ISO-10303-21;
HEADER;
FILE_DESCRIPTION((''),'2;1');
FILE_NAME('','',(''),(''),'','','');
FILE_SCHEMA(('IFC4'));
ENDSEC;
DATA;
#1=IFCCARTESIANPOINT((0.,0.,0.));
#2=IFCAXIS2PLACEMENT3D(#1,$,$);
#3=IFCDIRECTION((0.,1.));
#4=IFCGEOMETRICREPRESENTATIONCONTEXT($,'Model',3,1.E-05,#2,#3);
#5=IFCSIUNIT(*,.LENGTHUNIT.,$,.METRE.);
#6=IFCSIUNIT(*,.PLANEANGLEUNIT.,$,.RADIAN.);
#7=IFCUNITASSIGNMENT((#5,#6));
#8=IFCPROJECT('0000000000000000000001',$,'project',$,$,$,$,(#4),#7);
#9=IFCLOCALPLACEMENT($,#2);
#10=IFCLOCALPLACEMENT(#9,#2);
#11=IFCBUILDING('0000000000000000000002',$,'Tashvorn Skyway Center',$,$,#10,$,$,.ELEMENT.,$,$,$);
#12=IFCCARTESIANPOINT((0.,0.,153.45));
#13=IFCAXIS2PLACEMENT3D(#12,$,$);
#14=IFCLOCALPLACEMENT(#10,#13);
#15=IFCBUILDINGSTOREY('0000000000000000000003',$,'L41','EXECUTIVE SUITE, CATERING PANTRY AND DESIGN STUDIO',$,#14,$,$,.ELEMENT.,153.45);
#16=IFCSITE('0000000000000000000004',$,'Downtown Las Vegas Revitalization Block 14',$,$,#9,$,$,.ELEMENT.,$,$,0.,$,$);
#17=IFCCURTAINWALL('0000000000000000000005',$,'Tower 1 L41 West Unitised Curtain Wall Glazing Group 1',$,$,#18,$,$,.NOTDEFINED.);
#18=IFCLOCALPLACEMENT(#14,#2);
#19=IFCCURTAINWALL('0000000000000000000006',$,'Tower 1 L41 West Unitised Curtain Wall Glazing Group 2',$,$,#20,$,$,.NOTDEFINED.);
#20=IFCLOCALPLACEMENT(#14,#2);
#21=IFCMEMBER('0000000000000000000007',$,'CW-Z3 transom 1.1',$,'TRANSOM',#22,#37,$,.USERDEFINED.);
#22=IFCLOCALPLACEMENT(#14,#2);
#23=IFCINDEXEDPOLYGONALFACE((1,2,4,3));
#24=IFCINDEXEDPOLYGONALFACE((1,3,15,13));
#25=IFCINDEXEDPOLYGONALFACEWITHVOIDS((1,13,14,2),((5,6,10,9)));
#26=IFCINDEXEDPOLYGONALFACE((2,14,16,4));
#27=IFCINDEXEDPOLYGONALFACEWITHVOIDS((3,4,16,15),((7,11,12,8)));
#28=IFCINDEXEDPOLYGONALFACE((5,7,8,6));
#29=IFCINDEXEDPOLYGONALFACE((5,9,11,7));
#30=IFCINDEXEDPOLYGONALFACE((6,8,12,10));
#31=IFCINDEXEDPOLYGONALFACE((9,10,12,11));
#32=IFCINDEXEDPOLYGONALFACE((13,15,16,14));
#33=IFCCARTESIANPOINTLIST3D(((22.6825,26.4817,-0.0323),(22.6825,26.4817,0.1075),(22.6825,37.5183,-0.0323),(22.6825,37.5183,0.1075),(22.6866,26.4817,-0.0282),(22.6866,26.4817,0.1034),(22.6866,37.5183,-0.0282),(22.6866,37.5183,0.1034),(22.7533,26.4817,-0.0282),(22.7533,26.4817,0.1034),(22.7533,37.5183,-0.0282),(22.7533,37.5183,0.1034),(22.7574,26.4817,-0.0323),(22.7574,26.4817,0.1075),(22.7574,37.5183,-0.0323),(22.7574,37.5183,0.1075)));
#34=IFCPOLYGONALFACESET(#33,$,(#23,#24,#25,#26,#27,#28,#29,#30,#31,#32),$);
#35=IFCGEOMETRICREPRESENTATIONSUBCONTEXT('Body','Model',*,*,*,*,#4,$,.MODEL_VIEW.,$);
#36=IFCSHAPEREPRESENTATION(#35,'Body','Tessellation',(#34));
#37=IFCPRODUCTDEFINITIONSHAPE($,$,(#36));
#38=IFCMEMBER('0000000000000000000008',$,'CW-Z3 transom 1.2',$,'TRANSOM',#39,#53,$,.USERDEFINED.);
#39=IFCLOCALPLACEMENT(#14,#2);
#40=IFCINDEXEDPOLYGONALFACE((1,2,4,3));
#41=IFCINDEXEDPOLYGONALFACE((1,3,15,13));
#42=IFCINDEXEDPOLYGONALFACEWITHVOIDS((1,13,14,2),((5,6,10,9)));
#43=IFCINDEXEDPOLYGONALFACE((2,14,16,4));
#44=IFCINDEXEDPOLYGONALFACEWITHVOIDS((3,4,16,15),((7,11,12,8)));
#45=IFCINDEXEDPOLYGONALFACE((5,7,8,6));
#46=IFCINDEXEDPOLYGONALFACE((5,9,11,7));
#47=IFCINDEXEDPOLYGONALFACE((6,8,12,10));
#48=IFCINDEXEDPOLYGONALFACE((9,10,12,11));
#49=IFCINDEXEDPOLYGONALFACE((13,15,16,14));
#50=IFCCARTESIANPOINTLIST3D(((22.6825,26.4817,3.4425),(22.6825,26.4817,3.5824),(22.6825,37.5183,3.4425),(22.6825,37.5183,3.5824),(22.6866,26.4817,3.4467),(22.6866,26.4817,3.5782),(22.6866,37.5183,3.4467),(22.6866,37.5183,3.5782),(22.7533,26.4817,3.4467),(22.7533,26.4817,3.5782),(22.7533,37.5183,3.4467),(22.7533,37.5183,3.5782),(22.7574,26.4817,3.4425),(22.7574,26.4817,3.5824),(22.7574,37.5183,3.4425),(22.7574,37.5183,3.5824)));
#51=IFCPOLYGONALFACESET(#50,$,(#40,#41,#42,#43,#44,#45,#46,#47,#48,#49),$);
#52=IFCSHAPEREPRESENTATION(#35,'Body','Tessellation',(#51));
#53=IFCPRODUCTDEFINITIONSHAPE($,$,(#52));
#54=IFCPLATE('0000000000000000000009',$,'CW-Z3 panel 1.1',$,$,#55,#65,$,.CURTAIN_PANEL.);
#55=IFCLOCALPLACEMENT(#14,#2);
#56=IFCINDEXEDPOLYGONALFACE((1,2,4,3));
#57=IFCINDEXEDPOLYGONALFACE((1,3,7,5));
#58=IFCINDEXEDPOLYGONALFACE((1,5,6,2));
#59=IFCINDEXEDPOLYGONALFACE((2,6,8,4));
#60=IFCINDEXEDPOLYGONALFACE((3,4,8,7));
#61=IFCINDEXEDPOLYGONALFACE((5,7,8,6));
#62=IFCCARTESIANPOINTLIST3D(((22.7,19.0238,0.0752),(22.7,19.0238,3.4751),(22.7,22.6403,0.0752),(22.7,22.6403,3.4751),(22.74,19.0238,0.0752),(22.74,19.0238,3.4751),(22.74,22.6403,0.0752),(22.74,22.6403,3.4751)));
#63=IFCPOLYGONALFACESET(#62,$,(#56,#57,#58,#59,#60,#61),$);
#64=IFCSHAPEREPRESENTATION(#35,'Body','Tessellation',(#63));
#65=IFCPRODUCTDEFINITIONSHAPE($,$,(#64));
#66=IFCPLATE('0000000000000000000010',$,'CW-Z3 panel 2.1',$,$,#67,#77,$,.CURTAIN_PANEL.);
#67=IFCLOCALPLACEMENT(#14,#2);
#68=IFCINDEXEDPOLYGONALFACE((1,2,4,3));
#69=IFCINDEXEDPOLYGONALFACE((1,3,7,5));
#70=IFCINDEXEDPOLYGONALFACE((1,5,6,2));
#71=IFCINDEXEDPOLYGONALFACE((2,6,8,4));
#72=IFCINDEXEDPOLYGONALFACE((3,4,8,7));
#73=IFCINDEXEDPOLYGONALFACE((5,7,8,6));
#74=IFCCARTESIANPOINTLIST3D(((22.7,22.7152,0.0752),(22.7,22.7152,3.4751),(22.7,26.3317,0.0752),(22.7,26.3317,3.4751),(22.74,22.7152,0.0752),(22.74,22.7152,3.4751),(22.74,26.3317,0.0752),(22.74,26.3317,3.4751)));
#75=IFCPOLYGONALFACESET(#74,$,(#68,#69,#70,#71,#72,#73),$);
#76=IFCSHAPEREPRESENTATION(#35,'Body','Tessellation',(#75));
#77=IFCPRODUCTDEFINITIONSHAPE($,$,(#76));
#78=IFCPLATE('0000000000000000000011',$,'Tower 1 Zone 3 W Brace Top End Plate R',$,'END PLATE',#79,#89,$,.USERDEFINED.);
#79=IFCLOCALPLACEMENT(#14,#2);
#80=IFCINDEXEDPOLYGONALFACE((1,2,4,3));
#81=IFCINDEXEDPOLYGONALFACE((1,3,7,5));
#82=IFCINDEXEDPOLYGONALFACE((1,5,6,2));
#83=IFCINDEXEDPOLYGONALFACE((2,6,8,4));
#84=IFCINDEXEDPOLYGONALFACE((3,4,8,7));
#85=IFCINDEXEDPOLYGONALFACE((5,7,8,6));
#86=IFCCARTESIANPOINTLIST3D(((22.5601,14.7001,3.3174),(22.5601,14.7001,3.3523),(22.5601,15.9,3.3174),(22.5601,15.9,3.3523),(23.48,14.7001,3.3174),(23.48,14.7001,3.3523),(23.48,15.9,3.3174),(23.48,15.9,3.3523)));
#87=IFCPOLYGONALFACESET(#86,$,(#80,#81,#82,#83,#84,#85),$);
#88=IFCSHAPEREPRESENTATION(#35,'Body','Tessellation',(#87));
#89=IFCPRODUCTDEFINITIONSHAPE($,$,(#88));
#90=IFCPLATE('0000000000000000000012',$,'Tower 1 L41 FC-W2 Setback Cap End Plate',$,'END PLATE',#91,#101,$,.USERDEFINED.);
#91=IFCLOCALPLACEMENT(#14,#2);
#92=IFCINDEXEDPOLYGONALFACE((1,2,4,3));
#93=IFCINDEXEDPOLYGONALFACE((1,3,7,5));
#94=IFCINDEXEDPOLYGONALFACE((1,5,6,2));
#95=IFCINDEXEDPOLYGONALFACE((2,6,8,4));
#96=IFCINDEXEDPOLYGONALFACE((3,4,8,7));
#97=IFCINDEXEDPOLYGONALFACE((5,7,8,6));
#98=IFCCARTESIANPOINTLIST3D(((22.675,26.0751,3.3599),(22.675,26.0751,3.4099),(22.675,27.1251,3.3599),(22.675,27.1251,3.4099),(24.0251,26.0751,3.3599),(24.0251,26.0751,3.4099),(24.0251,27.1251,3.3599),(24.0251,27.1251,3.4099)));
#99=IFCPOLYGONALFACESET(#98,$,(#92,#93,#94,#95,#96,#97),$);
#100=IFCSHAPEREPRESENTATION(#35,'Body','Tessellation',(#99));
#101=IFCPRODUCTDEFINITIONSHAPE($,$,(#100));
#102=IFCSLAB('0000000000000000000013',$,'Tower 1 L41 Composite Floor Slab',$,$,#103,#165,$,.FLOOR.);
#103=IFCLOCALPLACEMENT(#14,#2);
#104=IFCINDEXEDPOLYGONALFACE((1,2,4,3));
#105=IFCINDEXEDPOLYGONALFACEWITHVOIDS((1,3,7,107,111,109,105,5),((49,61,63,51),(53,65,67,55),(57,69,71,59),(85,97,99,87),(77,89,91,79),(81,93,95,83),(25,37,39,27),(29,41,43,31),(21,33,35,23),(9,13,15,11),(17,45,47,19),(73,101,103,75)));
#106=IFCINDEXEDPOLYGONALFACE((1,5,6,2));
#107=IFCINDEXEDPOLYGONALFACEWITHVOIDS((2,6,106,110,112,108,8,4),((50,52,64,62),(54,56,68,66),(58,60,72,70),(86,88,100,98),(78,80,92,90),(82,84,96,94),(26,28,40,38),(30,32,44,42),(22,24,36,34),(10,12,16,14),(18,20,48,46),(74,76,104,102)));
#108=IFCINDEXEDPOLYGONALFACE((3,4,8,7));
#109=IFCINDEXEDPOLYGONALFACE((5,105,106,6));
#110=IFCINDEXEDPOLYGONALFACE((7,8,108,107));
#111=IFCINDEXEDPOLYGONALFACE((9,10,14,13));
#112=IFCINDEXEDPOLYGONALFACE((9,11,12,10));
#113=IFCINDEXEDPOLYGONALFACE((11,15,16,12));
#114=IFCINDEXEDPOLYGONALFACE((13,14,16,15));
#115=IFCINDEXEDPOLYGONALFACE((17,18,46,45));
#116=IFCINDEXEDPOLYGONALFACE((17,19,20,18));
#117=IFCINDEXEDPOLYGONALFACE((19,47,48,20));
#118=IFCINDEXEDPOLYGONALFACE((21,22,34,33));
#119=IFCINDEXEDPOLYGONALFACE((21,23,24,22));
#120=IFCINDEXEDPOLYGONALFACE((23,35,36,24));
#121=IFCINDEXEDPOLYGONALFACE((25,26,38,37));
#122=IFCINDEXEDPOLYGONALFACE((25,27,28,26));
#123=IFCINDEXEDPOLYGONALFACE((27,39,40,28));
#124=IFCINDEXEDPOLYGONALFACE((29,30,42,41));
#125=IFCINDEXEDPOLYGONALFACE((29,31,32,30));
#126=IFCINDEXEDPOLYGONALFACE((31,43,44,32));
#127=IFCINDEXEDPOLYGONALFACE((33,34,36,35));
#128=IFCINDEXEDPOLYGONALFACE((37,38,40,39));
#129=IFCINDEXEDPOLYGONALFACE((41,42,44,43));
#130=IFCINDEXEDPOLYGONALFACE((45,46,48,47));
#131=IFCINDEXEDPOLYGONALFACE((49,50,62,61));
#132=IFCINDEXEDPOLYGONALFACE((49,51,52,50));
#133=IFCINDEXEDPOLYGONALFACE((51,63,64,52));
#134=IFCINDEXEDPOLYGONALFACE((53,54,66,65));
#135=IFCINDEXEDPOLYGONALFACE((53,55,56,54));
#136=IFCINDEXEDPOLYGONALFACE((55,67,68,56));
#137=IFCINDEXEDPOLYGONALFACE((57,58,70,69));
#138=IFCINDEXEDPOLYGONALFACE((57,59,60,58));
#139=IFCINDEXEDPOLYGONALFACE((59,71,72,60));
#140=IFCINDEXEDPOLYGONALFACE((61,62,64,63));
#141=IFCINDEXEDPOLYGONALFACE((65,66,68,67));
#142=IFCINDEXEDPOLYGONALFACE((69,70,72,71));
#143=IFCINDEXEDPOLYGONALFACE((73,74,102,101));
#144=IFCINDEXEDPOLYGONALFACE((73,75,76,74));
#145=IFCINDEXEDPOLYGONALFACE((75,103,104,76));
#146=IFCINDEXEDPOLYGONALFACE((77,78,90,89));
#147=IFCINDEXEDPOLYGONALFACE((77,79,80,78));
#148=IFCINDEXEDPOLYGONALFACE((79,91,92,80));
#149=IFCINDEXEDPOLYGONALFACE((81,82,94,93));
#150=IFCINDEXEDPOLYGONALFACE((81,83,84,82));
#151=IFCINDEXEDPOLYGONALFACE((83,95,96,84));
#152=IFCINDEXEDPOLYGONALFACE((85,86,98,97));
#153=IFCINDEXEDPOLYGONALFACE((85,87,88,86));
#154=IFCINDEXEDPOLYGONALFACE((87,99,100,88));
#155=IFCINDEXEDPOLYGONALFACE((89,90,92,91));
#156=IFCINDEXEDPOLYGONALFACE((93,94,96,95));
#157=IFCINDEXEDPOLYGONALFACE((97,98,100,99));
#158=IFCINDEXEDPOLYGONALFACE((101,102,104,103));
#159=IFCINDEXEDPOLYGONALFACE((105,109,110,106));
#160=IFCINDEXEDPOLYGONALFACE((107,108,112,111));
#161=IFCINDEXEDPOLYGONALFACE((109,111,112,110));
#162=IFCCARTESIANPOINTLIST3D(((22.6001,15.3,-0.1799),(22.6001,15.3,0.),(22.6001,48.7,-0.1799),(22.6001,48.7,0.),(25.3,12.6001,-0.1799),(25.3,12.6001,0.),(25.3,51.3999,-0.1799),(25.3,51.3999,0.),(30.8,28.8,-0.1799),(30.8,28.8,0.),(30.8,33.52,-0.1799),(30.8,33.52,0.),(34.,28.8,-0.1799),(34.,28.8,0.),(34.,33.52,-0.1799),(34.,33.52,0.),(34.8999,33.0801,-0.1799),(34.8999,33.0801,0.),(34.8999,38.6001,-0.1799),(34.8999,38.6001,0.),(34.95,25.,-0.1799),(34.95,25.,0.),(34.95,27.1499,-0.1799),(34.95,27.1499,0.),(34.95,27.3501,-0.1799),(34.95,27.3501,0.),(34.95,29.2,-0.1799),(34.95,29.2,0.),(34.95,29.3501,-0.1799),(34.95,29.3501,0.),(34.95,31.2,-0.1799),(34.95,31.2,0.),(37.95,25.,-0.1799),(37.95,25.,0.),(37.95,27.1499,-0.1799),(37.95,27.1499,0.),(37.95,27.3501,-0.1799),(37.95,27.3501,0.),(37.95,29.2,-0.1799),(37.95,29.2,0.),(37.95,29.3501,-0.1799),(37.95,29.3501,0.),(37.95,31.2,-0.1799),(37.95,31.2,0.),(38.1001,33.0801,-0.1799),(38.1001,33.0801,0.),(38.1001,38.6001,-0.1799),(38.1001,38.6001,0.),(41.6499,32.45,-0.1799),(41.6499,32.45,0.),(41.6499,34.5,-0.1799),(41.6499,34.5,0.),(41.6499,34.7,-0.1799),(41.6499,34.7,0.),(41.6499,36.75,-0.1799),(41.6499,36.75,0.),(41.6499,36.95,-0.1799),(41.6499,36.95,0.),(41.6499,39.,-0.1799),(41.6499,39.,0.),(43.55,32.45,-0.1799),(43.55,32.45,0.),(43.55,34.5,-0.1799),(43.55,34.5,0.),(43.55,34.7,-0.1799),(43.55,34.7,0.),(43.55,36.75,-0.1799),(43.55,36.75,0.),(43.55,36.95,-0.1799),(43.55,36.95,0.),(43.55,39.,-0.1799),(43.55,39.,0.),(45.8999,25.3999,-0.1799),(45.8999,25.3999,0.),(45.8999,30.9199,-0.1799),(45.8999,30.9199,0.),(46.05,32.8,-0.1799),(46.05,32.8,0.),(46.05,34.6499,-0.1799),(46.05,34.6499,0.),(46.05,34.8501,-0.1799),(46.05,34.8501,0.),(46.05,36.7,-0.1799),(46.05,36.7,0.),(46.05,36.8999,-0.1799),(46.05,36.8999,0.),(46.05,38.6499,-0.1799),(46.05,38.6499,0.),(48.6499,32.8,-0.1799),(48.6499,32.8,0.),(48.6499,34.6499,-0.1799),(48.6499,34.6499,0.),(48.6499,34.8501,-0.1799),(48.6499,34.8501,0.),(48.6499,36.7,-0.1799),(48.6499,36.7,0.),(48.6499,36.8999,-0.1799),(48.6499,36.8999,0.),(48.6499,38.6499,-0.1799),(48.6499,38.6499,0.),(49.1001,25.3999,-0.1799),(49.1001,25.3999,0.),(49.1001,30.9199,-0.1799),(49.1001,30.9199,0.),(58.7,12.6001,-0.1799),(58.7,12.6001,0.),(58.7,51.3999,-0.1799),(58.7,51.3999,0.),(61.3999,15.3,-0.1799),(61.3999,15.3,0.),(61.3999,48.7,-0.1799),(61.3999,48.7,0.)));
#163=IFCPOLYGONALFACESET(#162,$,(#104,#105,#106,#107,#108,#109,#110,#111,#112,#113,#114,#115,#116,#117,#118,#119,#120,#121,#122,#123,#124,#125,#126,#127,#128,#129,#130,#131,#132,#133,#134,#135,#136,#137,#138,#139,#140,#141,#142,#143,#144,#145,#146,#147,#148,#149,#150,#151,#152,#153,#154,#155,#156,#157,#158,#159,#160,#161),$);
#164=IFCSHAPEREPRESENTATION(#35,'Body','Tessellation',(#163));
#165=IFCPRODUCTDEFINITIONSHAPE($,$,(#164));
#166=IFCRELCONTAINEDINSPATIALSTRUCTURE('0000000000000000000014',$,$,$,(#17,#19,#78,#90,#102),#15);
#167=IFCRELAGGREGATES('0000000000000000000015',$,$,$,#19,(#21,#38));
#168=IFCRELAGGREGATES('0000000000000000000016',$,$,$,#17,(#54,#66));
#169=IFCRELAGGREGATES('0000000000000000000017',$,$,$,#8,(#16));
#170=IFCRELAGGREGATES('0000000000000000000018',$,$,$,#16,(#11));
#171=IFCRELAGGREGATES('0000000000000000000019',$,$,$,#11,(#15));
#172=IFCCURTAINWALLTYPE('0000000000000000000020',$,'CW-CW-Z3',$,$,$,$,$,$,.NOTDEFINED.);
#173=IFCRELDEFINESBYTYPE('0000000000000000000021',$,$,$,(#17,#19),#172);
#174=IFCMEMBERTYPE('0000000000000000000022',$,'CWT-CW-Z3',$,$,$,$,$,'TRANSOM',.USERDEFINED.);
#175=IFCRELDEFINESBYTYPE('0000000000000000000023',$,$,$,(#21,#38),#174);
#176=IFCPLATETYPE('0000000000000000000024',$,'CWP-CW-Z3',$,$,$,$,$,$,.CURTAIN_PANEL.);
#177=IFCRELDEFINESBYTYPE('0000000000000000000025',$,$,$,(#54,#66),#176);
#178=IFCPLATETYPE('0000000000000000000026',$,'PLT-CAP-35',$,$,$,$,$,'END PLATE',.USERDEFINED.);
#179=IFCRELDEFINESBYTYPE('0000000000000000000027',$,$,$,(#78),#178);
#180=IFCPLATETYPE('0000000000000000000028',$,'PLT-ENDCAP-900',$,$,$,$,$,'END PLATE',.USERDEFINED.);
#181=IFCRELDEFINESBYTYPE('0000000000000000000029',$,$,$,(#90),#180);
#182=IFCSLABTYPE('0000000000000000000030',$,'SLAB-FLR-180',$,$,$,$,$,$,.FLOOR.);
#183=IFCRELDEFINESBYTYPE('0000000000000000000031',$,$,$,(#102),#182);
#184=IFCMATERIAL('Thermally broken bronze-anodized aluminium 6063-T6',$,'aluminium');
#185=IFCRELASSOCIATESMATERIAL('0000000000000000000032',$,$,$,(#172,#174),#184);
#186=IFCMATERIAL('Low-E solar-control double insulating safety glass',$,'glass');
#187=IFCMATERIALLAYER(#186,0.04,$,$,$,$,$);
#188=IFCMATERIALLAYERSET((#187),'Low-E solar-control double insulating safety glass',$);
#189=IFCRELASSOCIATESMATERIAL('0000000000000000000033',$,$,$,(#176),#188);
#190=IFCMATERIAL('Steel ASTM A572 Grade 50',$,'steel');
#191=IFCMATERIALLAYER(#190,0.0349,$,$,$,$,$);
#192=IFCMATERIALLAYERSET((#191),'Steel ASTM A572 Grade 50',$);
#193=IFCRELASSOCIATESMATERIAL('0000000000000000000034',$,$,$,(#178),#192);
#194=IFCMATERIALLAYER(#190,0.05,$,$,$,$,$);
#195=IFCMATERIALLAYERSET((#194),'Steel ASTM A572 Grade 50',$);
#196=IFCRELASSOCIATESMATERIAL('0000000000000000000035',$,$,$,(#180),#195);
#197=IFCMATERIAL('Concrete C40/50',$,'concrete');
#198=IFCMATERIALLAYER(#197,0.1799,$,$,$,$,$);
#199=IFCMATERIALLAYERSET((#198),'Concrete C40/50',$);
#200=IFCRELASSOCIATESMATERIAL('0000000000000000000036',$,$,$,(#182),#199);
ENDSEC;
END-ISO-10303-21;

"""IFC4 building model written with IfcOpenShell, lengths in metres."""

from ifc_helpers import new_model, si_unit, direction, frame, origin, origin_2d, place, context, subcontext, project, spatial, polyline, rectangle, hollow_rectangle, outline, extrude, material, layer, layer_set, material_profile, profile_set, type_object, element, aggregate, save


model = new_model("IFC4")

# Units and contexts
model_context = context("Model", 3, precision=1e-05, world=origin(), true_north=direction((0.0, 1.0)))
body_context = subcontext(model_context, "Body", "Model", "MODEL_VIEW")
ifc_project = project(units=[si_unit("LENGTHUNIT", "METRE"), si_unit("PLANEANGLEUNIT", "RADIAN")], contexts=[model_context])

# Site, building, storey
site_placement = place(None, origin())
site = spatial("IfcSite", under=ifc_project, at=site_placement, Name="Downtown Las Vegas Revitalization Block 14", CompositionType="ELEMENT", RefElevation=0.0)
building_placement = place(site_placement, origin())
building = spatial("IfcBuilding", under=site, at=building_placement, Name="Tashvorn Skyway Center", CompositionType="ELEMENT")
storey_placement = place(building_placement, frame((0.0, 0.0, 153.45)))
storey = spatial("IfcBuildingStorey", under=building, at=storey_placement, Name="L41", Description="EXECUTIVE SUITE, CATERING PANTRY AND DESIGN STUDIO", CompositionType="ELEMENT", Elevation=153.45)

# Shared definitions
ifc_material_1 = material(Name="Steel ASTM A572 Grade 50", Category="steel")

# Curtain wall
ifc_material_2 = material(Name="Thermally broken bronze-anodized aluminium 6063-T6", Category="aluminium")
curtain_wall_type = type_object("IfcCurtainWallType", Name="CW-CW-Z3", PredefinedType="NOTDEFINED", material=ifc_material_2)
curtain_wall_1_placement = place(storey_placement, origin())
curtain_wall_1 = element("IfcCurtainWall", 1, at=curtain_wall_1_placement, inside=storey, type_object=curtain_wall_type, Name="Tower 1 L41 West Unitised Curtain Wall Glazing Group 1", PredefinedType="NOTDEFINED")

# Curtain wall
curtain_wall_2_placement = place(storey_placement, origin())
curtain_wall_2 = element("IfcCurtainWall", 2, at=curtain_wall_2_placement, inside=storey, type_object=curtain_wall_type, Name="Tower 1 L41 West Unitised Curtain Wall Glazing Group 2", PredefinedType="NOTDEFINED")

# Members
ifc_material_profile_1 = material_profile(ifc_material_2, hollow_rectangle(XDim=0.075, YDim=0.1399, WallThickness=0.0042, at=origin_2d()), Name="ALU-TRAN-75x140")
ifc_profile_set_1 = profile_set([ifc_material_profile_1], Name="Thermally broken bronze-anodized aluminium 6063-T6")
member_type_1 = type_object("IfcMemberType", Name="CWT-CW-Z3", ElementType="TRANSOM", PredefinedType="USERDEFINED", material=ifc_profile_set_1)
member_1_placement = place(storey_placement, frame((22.72, 26.4817, 0.0376), z_axis=(0.0, 1.0, 0.0), x_axis=(-1.0, 0.0, 0.0)))
member_1 = element("IfcMember", 3, at=member_1_placement, type_object=member_type_1, Name="CW-Z3 transom 1.1", ObjectType="TRANSOM", PredefinedType="USERDEFINED", context=body_context, shape_type="SweptSolid", body=[
    extrude(hollow_rectangle(XDim=0.075, YDim=0.1399, WallThickness=0.0042, at=origin_2d()), origin(), (0.0, 0.0, 1.0), 11.0366),
])
member_2_placement = place(storey_placement, frame((22.72, 26.4817, 3.5125), z_axis=(0.0, 1.0, 0.0), x_axis=(-1.0, 0.0, 0.0)))
member_2 = element("IfcMember", 4, at=member_2_placement, type_object=member_type_1, Name="CW-Z3 transom 1.2", ObjectType="TRANSOM", PredefinedType="USERDEFINED", context=body_context, shape_type="SweptSolid", body=[
    extrude(hollow_rectangle(XDim=0.075, YDim=0.1399, WallThickness=0.0042, at=origin_2d()), origin(), (0.0, 0.0, 1.0), 11.0366),
])
aggregate(curtain_wall_2, [member_1, member_2])

# Plates
ifc_material_3 = material(Name="Low-E solar-control double insulating safety glass", Category="glass")
ifc_layer_1 = layer(ifc_material_3, 0.04)
ifc_layer_set_1 = layer_set([ifc_layer_1], Name="Low-E solar-control double insulating safety glass")
plate_type_1 = type_object("IfcPlateType", Name="CWP-CW-Z3", PredefinedType="CURTAIN_PANEL", material=ifc_layer_set_1)
plate_1_placement = place(storey_placement, frame((22.72, 20.832, 0.0752), z_axis=(0.0, 0.0, 1.0), x_axis=(0.0, 1.0, 0.0)))
plate_1 = element("IfcPlate", 5, at=plate_1_placement, type_object=plate_type_1, Name="CW-Z3 panel 1.1", PredefinedType="CURTAIN_PANEL", context=body_context, shape_type="SweptSolid", body=[
    extrude(rectangle(XDim=3.6165, YDim=0.04, at=origin_2d()), origin(), (0.0, 0.0, 1.0), 3.3999),
])
plate_2_placement = place(storey_placement, frame((22.72, 24.5234, 0.0752), z_axis=(0.0, 0.0, 1.0), x_axis=(0.0, 1.0, 0.0)))
plate_2 = element("IfcPlate", 6, at=plate_2_placement, type_object=plate_type_1, Name="CW-Z3 panel 2.1", PredefinedType="CURTAIN_PANEL", context=body_context, shape_type="SweptSolid", body=[
    extrude(rectangle(XDim=3.6165, YDim=0.04, at=origin_2d()), origin(), (0.0, 0.0, 1.0), 3.3999),
])
aggregate(curtain_wall_1, [plate_1, plate_2])

# Plates
ifc_layer_2 = layer(ifc_material_1, 0.0349)
ifc_layer_set_2 = layer_set([ifc_layer_2], Name="Steel ASTM A572 Grade 50")
plate_type_2 = type_object("IfcPlateType", Name="PLT-CAP-35", ElementType="END PLATE", PredefinedType="USERDEFINED", material=ifc_layer_set_2)
plate_3_placement = place(storey_placement, frame((23.02, 15.3, 3.3174), z_axis=(0.0, 0.0, 1.0), x_axis=(0.0, -1.0, 0.0)))
element("IfcPlate", 7, at=plate_3_placement, inside=storey, type_object=plate_type_2, Name="Tower 1 Zone 3 W Brace Top End Plate R", ObjectType="END PLATE", PredefinedType="USERDEFINED", context=body_context, shape_type="SweptSolid", body=[
    extrude(rectangle(XDim=1.2, YDim=0.9199, at=origin_2d()), origin(), (0.0, 0.0, 1.0), 0.0349),
])
ifc_layer_3 = layer(ifc_material_1, 0.05)
ifc_layer_set_3 = layer_set([ifc_layer_3], Name="Steel ASTM A572 Grade 50")
plate_type_3 = type_object("IfcPlateType", Name="PLT-ENDCAP-900", ElementType="END PLATE", PredefinedType="USERDEFINED", material=ifc_layer_set_3)
plate_4_placement = place(storey_placement, frame((23.3501, 26.6001, 3.3599), z_axis=(0.0, 0.0, 1.0), x_axis=(1.0, 0.0, 0.0)))
element("IfcPlate", 8, at=plate_4_placement, inside=storey, type_object=plate_type_3, Name="Tower 1 L41 FC-W2 Setback Cap End Plate", ObjectType="END PLATE", PredefinedType="USERDEFINED", context=body_context, shape_type="SweptSolid", body=[
    extrude(rectangle(XDim=1.3501, YDim=1.05, at=origin_2d()), origin(), (0.0, 0.0, 1.0), 0.05),
])

# Slab
ifc_material_4 = material(Name="Concrete C40/50", Category="concrete")
ifc_layer_4 = layer(ifc_material_4, 0.1799)
ifc_layer_set_4 = layer_set([ifc_layer_4], Name="Concrete C40/50")
slab_type_1 = type_object("IfcSlabType", Name="SLAB-FLR-180", PredefinedType="FLOOR", material=ifc_layer_set_4)
slab_1_placement = place(storey_placement, frame((0.0, 0.0, -0.1799)))
element("IfcSlab", 9, at=slab_1_placement, inside=storey, type_object=slab_type_1, Name="Tower 1 L41 Composite Floor Slab", PredefinedType="FLOOR", context=body_context, shape_type="SweptSolid", body=[
    extrude(outline(polyline([(25.3, 12.6001), (58.7, 12.6001), (61.3999, 15.3), (61.3999, 48.7), (58.7, 51.3999), (25.3, 51.3999), (22.6001, 48.7), (22.6001, 15.3), (25.3, 12.6001)]), holes=[polyline([(38.1001, 33.0801), (38.1001, 38.6001), (34.8999, 38.6001), (34.8999, 33.0801), (38.1001, 33.0801)]), polyline([(45.8999, 30.9199), (45.8999, 25.3999), (49.1001, 25.3999), (49.1001, 30.9199), (45.8999, 30.9199)]), polyline([(30.8, 33.52), (30.8, 28.8), (34.0, 28.8), (34.0, 33.52), (30.8, 33.52)]), polyline([(34.95, 29.3501), (37.95, 29.3501), (37.95, 31.2), (34.95, 31.2), (34.95, 29.3501)]), polyline([(34.95, 27.3501), (37.95, 27.3501), (37.95, 29.2), (34.95, 29.2), (34.95, 27.3501)]), polyline([(34.95, 25.0), (37.95, 25.0), (37.95, 27.1499), (34.95, 27.1499), (34.95, 25.0)]), polyline([(41.6499, 32.45), (43.55, 32.45), (43.55, 34.5), (41.6499, 34.5), (41.6499, 32.45)]), polyline([(41.6499, 34.7), (43.55, 34.7), (43.55, 36.75), (41.6499, 36.75), (41.6499, 34.7)]), polyline([(41.6499, 36.95), (43.55, 36.95), (43.55, 39.0), (41.6499, 39.0), (41.6499, 36.95)]), polyline([(46.05, 32.8), (48.6499, 32.8), (48.6499, 34.6499), (46.05, 34.6499), (46.05, 32.8)]), polyline([(46.05, 34.8501), (48.6499, 34.8501), (48.6499, 36.7), (46.05, 36.7), (46.05, 34.8501)]), polyline([(46.05, 36.8999), (48.6499, 36.8999), (48.6499, 38.6499), (46.05, 38.6499), (46.05, 36.8999)])]), origin(), (0.0, 0.0, 1.0), 0.1799),
])

save(model, "model.ifc")
